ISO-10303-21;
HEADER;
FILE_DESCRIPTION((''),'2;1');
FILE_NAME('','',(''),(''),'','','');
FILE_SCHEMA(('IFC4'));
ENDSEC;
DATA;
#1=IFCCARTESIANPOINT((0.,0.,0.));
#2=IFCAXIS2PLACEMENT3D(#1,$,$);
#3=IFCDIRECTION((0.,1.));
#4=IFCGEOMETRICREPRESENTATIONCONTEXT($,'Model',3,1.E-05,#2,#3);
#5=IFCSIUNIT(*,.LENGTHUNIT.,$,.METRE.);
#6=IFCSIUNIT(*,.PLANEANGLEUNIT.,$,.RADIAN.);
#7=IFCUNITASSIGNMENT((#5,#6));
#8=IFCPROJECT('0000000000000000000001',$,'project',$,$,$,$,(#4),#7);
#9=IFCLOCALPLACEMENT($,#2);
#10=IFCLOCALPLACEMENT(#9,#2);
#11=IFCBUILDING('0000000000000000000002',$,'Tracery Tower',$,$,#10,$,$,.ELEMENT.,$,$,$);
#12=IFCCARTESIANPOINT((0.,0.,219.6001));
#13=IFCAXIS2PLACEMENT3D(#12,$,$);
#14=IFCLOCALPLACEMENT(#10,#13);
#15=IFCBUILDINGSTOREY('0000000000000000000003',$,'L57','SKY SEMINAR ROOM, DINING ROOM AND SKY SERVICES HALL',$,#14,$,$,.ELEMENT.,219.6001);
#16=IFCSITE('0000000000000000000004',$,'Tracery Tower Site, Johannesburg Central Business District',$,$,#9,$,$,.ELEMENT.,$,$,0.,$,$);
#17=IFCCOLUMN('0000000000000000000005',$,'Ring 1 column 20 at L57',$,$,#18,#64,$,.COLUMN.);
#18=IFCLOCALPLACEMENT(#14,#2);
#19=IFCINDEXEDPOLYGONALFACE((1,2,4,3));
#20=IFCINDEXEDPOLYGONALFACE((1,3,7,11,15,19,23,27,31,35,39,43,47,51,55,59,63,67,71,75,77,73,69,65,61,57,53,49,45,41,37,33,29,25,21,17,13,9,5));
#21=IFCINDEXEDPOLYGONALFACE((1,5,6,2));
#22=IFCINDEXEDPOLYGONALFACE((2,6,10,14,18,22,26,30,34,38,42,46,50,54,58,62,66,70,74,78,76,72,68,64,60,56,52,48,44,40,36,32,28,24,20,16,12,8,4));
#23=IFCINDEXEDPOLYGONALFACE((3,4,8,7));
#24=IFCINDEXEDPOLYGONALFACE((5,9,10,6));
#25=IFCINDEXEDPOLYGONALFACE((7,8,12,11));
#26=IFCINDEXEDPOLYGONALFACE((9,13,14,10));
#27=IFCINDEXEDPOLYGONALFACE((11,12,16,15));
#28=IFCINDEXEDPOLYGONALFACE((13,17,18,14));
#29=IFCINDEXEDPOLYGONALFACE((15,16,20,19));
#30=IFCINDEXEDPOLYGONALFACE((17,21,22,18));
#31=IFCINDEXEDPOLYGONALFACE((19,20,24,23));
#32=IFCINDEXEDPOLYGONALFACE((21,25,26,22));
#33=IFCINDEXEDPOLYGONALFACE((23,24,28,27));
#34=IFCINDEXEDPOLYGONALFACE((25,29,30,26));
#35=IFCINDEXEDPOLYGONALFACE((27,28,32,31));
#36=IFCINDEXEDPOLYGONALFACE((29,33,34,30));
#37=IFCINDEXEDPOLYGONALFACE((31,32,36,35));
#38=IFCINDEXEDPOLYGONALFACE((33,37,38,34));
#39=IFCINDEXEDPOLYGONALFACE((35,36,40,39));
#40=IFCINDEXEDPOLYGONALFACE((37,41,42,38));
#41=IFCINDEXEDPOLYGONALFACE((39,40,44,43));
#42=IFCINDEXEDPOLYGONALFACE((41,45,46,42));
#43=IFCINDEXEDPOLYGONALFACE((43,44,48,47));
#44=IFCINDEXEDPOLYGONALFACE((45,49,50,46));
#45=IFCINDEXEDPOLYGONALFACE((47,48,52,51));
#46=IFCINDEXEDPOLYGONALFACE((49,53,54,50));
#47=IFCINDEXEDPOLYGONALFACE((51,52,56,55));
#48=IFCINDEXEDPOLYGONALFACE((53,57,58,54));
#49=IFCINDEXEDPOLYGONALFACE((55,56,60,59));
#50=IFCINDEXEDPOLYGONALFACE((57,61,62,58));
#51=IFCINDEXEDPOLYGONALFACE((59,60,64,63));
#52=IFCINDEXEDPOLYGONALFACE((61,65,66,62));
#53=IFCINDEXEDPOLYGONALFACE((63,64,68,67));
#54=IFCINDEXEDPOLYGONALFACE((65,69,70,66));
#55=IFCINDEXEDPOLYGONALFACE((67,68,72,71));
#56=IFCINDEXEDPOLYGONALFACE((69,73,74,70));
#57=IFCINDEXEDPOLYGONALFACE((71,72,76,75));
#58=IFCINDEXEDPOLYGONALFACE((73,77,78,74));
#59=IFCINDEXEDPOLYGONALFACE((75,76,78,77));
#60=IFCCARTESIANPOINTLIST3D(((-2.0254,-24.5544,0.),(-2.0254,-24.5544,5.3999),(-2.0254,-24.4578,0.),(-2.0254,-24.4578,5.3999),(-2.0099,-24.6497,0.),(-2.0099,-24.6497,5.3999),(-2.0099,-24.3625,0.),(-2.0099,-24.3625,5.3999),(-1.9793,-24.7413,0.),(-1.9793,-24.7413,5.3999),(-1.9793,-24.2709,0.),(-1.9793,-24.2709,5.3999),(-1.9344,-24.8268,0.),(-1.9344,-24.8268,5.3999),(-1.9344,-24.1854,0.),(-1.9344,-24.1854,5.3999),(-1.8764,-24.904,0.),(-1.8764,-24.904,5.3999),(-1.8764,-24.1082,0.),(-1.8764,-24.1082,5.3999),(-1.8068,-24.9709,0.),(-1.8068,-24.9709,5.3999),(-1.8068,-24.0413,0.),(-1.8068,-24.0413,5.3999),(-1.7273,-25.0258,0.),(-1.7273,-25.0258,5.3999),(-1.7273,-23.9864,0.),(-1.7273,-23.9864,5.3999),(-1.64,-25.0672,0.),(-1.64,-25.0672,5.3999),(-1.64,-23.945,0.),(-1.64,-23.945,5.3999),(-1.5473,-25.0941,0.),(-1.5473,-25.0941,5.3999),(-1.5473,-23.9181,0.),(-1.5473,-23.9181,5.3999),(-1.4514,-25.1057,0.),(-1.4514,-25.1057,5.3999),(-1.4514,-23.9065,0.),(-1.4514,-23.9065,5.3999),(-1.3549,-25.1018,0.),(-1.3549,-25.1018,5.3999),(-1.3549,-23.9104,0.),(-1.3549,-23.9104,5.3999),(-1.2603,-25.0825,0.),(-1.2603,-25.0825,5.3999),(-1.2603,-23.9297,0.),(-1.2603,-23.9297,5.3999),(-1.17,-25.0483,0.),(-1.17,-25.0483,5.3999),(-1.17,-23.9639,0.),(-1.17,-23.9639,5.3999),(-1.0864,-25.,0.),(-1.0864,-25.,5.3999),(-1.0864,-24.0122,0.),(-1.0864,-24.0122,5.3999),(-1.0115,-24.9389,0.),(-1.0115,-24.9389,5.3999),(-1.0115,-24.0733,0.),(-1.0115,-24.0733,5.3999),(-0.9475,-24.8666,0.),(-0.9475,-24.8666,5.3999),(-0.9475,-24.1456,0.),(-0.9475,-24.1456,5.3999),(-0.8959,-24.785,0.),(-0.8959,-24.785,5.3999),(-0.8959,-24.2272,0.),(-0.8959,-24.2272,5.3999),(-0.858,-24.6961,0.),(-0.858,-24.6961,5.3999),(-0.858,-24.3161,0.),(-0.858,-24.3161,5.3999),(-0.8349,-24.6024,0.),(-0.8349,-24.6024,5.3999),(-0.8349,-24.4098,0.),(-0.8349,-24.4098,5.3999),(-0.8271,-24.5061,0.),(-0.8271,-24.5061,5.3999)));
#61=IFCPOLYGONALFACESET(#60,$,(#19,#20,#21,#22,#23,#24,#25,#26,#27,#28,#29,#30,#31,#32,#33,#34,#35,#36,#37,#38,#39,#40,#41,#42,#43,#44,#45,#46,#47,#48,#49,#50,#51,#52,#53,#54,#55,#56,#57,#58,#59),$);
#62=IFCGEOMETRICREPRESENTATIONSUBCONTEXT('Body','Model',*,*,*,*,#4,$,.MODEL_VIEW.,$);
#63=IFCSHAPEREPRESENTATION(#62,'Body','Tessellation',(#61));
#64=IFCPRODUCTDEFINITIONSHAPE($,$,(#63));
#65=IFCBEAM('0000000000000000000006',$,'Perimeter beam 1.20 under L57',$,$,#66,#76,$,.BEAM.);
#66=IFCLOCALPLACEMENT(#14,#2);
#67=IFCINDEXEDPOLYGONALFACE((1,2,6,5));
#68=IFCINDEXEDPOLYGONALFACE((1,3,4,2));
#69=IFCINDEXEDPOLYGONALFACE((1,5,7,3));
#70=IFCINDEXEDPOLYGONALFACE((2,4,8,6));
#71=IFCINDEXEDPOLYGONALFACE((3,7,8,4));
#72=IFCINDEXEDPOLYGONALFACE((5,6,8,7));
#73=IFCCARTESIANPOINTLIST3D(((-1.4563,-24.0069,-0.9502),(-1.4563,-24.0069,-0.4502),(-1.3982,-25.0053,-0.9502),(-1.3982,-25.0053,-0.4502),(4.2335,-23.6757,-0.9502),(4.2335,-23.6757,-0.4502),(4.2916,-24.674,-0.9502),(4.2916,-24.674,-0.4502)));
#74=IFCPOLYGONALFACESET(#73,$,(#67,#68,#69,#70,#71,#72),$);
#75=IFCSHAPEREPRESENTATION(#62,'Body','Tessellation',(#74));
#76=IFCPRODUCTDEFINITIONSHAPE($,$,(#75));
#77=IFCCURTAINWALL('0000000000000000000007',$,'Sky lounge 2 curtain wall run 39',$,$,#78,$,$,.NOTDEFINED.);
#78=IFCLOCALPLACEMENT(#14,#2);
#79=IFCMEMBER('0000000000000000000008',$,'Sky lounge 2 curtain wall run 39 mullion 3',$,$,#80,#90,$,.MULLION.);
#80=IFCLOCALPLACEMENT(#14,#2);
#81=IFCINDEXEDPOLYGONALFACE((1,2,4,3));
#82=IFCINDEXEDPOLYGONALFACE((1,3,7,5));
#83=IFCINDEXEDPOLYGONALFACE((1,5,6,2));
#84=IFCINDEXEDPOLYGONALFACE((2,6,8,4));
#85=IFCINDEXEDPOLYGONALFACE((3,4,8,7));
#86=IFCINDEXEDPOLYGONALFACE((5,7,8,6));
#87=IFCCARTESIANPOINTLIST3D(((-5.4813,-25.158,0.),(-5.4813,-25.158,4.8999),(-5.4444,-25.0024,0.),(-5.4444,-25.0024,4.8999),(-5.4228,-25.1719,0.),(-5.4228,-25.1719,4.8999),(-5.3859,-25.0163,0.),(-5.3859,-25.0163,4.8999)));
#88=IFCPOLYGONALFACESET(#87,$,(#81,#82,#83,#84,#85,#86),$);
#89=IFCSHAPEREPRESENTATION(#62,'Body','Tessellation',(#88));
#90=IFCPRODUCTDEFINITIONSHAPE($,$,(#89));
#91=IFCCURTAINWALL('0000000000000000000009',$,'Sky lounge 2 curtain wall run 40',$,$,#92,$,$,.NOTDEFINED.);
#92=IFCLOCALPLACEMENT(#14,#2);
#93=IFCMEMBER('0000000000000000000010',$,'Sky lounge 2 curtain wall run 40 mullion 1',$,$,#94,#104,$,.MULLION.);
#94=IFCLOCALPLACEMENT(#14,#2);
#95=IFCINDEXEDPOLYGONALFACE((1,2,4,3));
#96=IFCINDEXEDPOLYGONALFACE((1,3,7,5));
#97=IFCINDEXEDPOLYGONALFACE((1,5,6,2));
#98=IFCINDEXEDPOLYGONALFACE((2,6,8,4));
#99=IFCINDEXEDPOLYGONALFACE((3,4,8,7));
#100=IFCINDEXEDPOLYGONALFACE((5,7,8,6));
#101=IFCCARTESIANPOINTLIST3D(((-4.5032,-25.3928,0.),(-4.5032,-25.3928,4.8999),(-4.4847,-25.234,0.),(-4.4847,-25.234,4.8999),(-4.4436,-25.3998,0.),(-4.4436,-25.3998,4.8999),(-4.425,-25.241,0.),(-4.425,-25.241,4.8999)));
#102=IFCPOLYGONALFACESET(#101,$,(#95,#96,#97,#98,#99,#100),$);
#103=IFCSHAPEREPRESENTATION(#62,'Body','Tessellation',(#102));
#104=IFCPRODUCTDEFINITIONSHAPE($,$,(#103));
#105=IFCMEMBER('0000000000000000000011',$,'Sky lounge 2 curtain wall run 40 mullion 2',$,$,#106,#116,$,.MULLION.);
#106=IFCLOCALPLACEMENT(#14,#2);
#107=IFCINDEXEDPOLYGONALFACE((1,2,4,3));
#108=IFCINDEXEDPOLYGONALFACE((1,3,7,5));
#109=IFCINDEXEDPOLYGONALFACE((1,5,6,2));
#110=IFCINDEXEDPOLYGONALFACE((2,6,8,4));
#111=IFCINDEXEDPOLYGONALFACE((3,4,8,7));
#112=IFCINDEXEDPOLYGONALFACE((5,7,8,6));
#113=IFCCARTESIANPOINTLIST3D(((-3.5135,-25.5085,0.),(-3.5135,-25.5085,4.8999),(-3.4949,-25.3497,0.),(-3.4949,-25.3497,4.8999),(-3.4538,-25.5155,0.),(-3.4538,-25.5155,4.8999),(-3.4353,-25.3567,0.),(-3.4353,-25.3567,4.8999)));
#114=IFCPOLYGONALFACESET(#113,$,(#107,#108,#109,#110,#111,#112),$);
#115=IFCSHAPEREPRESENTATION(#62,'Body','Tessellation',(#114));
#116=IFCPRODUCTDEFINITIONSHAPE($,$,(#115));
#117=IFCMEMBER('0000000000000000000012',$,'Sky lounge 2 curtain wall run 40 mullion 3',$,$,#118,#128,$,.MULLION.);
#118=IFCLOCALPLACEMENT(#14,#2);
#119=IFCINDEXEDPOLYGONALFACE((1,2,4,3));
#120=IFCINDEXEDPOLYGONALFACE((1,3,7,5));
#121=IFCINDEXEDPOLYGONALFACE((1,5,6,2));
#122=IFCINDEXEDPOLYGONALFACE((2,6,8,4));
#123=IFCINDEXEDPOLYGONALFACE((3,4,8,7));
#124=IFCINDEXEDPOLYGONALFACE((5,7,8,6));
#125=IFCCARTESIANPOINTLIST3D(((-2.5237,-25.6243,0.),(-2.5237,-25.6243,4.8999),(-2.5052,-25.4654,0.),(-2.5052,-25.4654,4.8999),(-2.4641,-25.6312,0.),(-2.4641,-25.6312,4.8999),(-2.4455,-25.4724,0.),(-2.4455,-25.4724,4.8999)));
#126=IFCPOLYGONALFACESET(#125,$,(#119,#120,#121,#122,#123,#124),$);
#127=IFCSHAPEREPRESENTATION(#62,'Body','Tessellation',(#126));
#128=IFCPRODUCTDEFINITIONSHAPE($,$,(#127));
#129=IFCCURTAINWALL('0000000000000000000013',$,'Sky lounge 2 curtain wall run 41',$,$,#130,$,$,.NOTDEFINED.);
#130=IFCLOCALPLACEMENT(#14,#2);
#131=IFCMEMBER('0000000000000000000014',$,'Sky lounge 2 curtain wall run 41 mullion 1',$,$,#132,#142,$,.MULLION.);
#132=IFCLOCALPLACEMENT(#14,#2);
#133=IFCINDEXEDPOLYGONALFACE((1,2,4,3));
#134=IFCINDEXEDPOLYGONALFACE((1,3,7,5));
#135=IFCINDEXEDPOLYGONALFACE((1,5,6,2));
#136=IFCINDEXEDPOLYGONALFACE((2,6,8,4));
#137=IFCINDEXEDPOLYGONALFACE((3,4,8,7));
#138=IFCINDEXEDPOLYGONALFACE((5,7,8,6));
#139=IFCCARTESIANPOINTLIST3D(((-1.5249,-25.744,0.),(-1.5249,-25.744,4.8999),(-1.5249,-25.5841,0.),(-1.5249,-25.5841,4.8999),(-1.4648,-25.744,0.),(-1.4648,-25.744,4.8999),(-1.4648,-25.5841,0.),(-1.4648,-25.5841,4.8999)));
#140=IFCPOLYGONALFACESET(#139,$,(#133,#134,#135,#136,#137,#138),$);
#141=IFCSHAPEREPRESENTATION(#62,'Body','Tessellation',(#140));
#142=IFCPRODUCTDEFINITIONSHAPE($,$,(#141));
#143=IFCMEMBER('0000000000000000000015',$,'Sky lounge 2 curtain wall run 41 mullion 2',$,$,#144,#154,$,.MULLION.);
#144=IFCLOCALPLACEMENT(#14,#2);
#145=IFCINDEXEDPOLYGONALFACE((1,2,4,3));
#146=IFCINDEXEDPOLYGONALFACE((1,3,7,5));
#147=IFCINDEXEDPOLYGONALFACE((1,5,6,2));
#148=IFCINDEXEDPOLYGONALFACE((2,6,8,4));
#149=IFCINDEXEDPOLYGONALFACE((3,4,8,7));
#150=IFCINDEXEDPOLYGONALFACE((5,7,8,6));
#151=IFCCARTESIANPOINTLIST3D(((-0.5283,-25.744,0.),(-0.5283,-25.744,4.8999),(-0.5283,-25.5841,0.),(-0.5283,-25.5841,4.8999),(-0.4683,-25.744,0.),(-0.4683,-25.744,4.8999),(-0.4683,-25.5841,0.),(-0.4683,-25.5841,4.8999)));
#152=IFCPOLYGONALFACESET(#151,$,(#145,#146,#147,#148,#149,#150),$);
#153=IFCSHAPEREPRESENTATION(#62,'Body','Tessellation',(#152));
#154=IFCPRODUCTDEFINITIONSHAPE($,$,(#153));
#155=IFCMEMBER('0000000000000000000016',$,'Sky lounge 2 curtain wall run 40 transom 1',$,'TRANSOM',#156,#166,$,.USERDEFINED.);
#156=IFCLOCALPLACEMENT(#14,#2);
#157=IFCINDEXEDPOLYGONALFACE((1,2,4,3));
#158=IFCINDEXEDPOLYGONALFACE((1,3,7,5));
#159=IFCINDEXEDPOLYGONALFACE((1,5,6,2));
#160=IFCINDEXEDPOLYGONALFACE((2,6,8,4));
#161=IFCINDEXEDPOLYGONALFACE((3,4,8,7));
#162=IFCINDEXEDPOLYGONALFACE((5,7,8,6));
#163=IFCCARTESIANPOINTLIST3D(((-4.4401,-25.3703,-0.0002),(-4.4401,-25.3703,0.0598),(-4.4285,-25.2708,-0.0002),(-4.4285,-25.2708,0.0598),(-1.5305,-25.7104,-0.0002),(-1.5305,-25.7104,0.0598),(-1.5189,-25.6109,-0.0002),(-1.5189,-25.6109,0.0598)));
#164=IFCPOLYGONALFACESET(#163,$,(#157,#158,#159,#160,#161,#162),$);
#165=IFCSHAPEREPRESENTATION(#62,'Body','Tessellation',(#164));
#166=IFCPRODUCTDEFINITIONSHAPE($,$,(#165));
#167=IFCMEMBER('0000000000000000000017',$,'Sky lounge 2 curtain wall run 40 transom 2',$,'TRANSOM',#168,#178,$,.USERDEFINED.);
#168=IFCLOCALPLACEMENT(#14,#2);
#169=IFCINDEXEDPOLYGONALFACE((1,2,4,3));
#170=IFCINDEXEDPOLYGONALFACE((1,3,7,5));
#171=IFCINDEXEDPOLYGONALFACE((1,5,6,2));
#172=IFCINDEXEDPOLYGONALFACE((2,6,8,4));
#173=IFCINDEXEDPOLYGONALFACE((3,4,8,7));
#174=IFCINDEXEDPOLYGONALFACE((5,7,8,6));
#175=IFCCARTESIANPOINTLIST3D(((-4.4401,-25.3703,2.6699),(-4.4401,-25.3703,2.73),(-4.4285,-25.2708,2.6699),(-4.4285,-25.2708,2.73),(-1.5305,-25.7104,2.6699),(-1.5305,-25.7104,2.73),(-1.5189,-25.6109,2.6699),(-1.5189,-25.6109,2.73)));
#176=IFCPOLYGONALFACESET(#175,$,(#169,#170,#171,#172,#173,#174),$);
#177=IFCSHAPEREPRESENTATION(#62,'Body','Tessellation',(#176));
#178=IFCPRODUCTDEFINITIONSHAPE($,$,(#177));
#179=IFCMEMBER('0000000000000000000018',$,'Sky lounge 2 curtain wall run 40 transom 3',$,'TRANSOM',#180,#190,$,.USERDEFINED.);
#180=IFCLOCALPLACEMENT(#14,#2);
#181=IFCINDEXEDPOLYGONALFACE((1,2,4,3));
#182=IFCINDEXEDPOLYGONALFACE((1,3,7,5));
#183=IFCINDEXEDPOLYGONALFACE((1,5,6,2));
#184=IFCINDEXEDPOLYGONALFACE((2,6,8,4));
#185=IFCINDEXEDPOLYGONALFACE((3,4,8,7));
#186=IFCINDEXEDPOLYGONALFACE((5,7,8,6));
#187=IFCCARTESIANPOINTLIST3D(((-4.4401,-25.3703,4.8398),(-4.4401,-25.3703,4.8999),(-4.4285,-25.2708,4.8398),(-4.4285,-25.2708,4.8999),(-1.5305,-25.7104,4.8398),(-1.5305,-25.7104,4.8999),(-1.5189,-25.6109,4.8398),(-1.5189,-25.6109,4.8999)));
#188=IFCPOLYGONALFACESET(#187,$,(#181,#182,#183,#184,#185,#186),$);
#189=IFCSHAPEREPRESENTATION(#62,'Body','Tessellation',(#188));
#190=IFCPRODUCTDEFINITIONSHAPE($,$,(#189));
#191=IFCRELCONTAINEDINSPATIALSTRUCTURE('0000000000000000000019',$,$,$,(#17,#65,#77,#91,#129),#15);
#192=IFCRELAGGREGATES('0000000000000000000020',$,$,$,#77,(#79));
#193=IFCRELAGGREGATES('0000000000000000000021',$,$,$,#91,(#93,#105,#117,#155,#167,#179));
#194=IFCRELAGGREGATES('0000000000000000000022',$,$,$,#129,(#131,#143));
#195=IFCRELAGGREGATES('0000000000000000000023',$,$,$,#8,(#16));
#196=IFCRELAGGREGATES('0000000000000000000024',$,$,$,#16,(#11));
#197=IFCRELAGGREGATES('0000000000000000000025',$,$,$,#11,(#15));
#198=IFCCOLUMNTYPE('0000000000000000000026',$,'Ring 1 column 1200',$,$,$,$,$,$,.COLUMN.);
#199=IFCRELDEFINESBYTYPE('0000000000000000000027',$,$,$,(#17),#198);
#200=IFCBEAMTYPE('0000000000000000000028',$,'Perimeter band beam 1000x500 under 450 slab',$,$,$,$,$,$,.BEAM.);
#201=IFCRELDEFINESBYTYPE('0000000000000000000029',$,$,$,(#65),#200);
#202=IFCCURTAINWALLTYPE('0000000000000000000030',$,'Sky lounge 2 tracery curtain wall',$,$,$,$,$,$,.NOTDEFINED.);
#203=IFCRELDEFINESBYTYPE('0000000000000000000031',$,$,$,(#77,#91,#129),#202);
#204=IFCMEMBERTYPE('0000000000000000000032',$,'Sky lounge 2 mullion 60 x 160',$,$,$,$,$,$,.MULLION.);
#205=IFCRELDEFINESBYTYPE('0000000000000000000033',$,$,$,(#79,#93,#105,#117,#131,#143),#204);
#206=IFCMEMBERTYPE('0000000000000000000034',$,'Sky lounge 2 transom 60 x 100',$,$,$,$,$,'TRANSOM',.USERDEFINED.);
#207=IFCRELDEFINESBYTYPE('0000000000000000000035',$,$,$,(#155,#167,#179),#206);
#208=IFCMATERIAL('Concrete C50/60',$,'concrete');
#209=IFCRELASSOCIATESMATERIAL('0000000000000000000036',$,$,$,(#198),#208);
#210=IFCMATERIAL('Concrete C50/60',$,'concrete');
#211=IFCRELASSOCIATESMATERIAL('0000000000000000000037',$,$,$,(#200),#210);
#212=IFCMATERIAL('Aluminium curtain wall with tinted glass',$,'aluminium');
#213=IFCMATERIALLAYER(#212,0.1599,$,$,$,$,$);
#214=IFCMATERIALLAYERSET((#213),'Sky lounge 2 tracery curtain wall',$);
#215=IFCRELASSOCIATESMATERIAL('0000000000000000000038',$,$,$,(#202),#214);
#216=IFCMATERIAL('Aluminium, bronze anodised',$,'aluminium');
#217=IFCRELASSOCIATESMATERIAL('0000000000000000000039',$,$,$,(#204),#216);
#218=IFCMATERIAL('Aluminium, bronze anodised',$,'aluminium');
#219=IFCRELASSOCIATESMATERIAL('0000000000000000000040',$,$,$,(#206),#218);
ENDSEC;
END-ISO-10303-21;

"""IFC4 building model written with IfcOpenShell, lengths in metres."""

from ifc_helpers import new_model, si_unit, direction, frame, origin, origin_2d, place, context, subcontext, project, spatial, rectangle, circle, extrude, material, layer, layer_set, material_profile, profile_set, type_object, element, aggregate, save


model = new_model("IFC4")

# Units and contexts
model_context = context("Model", 3, precision=1e-05, world=origin(), true_north=direction((0.0, 1.0)))
body_context = subcontext(model_context, "Body", "Model", "MODEL_VIEW")
ifc_project = project(units=[si_unit("LENGTHUNIT", "METRE"), si_unit("PLANEANGLEUNIT", "RADIAN")], contexts=[model_context])

# Site, building, storey
site_placement = place(None, origin())
site = spatial("IfcSite", under=ifc_project, at=site_placement, Name="Tracery Tower Site, Johannesburg Central Business District", CompositionType="ELEMENT", RefElevation=0.0)
building_placement = place(site_placement, origin())
building = spatial("IfcBuilding", under=site, at=building_placement, Name="Tracery Tower", CompositionType="ELEMENT")
storey_placement = place(building_placement, frame((0.0, 0.0, 219.6001)))
storey = spatial("IfcBuildingStorey", under=building, at=storey_placement, Name="L57", Description="SKY SEMINAR ROOM, DINING ROOM AND SKY SERVICES HALL", CompositionType="ELEMENT", Elevation=219.6001)

# Column
ifc_material_1 = material(Name="Concrete C50/60", Category="concrete")
ifc_material_profile_1 = material_profile(ifc_material_1, circle(Radius=0.6001, at=origin_2d()), Name="RC D1200")
ifc_profile_set_1 = profile_set([ifc_material_profile_1], Name="Concrete C50/60")
column_type = type_object("IfcColumnType", Name="Ring 1 column 1200", PredefinedType="COLUMN", material=ifc_profile_set_1)
column_placement = place(storey_placement, frame((-1.4272, -24.5061, 0.0), z_axis=(0.0, 0.0, 1.0), x_axis=(1.0, 0.0, 0.0)))
element("IfcColumn", 1, at=column_placement, inside=storey, type_object=column_type, Name="Ring 1 column 20 at L57", PredefinedType="COLUMN", context=body_context, shape_type="SweptSolid", body=[
    extrude(circle(Radius=0.6001, at=origin_2d()), origin(), (0.0, 0.0, 1.0), 5.3999),
])

# Beam
ifc_material_2 = material(Name="Concrete C50/60", Category="concrete")
ifc_material_profile_2 = material_profile(ifc_material_2, rectangle(XDim=1.0, YDim=0.5, at=origin_2d()), Name="RC 1000x500")
ifc_profile_set_2 = profile_set([ifc_material_profile_2], Name="Concrete C50/60")
beam_type = type_object("IfcBeamType", Name="Perimeter band beam 1000x500 under 450 slab", PredefinedType="BEAM", material=ifc_profile_set_2)
beam_placement = place(storey_placement, frame((-1.4272, -24.5061, -0.7002), z_axis=(0.998309, 0.058127, 0.0), x_axis=(-0.058127, 0.998309, 0.0)))
element("IfcBeam", 2, at=beam_placement, inside=storey, type_object=beam_type, Name="Perimeter beam 1.20 under L57", PredefinedType="BEAM", context=body_context, shape_type="SweptSolid", body=[
    extrude(rectangle(XDim=1.0, YDim=0.5, at=origin_2d()), origin(), (0.0, 0.0, 1.0), 5.6995),
])

# Curtain wall, member
ifc_material_3 = material(Name="Aluminium curtain wall with tinted glass", Category="aluminium")
ifc_layer_1 = layer(ifc_material_3, 0.1599)
ifc_layer_set_1 = layer_set([ifc_layer_1], Name="Sky lounge 2 tracery curtain wall")
curtain_wall_type = type_object("IfcCurtainWallType", Name="Sky lounge 2 tracery curtain wall", PredefinedType="NOTDEFINED", material=ifc_layer_set_1)
curtain_wall_1_placement = place(storey_placement, origin())
curtain_wall_1 = element("IfcCurtainWall", 3, at=curtain_wall_1_placement, inside=storey, type_object=curtain_wall_type, Name="Sky lounge 2 curtain wall run 39", PredefinedType="NOTDEFINED")
ifc_material_4 = material(Name="Aluminium, bronze anodised", Category="aluminium")
ifc_material_profile_3 = material_profile(ifc_material_4, rectangle(XDim=0.1599, YDim=0.0601, at=origin_2d()), Name="AL 60x160")
ifc_profile_set_3 = profile_set([ifc_material_profile_3], Name="Aluminium, bronze anodised")
member_type_1 = type_object("IfcMemberType", Name="Sky lounge 2 mullion 60 x 160", PredefinedType="MULLION", material=ifc_profile_set_3)
member_1_placement = place(storey_placement, frame((-5.4336, -25.0872, 0.0), z_axis=(0.0, 0.0, 1.0), x_axis=(0.230616, 0.973045, 0.0)))
member_1 = element("IfcMember", 4, at=member_1_placement, type_object=member_type_1, Name="Sky lounge 2 curtain wall run 39 mullion 3", PredefinedType="MULLION", context=body_context, shape_type="SweptSolid", body=[
    extrude(rectangle(XDim=0.1599, YDim=0.0601, at=origin_2d()), origin(), (0.0, 0.0, 1.0), 4.8999),
])

# Curtain walls, members
curtain_wall_2_placement = place(storey_placement, origin())
curtain_wall_2 = element("IfcCurtainWall", 5, at=curtain_wall_2_placement, inside=storey, type_object=curtain_wall_type, Name="Sky lounge 2 curtain wall run 40", PredefinedType="NOTDEFINED")
member_2_placement = place(storey_placement, frame((-4.4641, -25.3169, 0.0), z_axis=(0.0, 0.0, 1.0), x_axis=(0.116093, 0.993238, 0.0)))
member_2 = element("IfcMember", 6, at=member_2_placement, type_object=member_type_1, Name="Sky lounge 2 curtain wall run 40 mullion 1", PredefinedType="MULLION", context=body_context, shape_type="SweptSolid", body=[
    extrude(rectangle(XDim=0.1599, YDim=0.0601, at=origin_2d()), origin(), (0.0, 0.0, 1.0), 4.8999),
])
member_3_placement = place(storey_placement, frame((-3.4744, -25.4326, 0.0), z_axis=(0.0, 0.0, 1.0), x_axis=(0.116093, 0.993238, 0.0)))
member_3 = element("IfcMember", 7, at=member_3_placement, type_object=member_type_1, Name="Sky lounge 2 curtain wall run 40 mullion 2", PredefinedType="MULLION", context=body_context, shape_type="SweptSolid", body=[
    extrude(rectangle(XDim=0.1599, YDim=0.0601, at=origin_2d()), origin(), (0.0, 0.0, 1.0), 4.8999),
])
member_4_placement = place(storey_placement, frame((-2.4846, -25.5483, 0.0), z_axis=(0.0, 0.0, 1.0), x_axis=(0.116093, 0.993238, 0.0)))
member_4 = element("IfcMember", 8, at=member_4_placement, type_object=member_type_1, Name="Sky lounge 2 curtain wall run 40 mullion 3", PredefinedType="MULLION", context=body_context, shape_type="SweptSolid", body=[
    extrude(rectangle(XDim=0.1599, YDim=0.0601, at=origin_2d()), origin(), (0.0, 0.0, 1.0), 4.8999),
])
curtain_wall_3_placement = place(storey_placement, origin())
curtain_wall_3 = element("IfcCurtainWall", 9, at=curtain_wall_3_placement, inside=storey, type_object=curtain_wall_type, Name="Sky lounge 2 curtain wall run 41", PredefinedType="NOTDEFINED")
member_5_placement = place(storey_placement, frame((-1.4949, -25.6641, 0.0), z_axis=(0.0, 0.0, 1.0), x_axis=(0.0, 1.0, 0.0)))
member_5 = element("IfcMember", 10, at=member_5_placement, type_object=member_type_1, Name="Sky lounge 2 curtain wall run 41 mullion 1", PredefinedType="MULLION", context=body_context, shape_type="SweptSolid", body=[
    extrude(rectangle(XDim=0.1599, YDim=0.0601, at=origin_2d()), origin(), (0.0, 0.0, 1.0), 4.8999),
])
member_6_placement = place(storey_placement, frame((-0.4983, -25.6641, 0.0), z_axis=(0.0, 0.0, 1.0), x_axis=(0.0, 1.0, 0.0)))
member_6 = element("IfcMember", 11, at=member_6_placement, type_object=member_type_1, Name="Sky lounge 2 curtain wall run 41 mullion 2", PredefinedType="MULLION", context=body_context, shape_type="SweptSolid", body=[
    extrude(rectangle(XDim=0.1599, YDim=0.0601, at=origin_2d()), origin(), (0.0, 0.0, 1.0), 4.8999),
])

# Members
ifc_material_5 = material(Name="Aluminium, bronze anodised", Category="aluminium")
ifc_material_profile_4 = material_profile(ifc_material_5, rectangle(XDim=0.1001, YDim=0.0601, at=origin_2d()), Name="AL 60x100")
ifc_profile_set_4 = profile_set([ifc_material_profile_4], Name="Aluminium, bronze anodised")
member_type_2 = type_object("IfcMemberType", Name="Sky lounge 2 transom 60 x 100", ElementType="TRANSOM", PredefinedType="USERDEFINED", material=ifc_profile_set_4)
member_7_placement = place(storey_placement, frame((-4.4343, -25.3206, 0.0298), z_axis=(0.993238, -0.116092, 0.0), x_axis=(0.116092, 0.993238, 0.0)))
member_7 = element("IfcMember", 12, at=member_7_placement, type_object=member_type_2, Name="Sky lounge 2 curtain wall run 40 transom 1", ObjectType="TRANSOM", PredefinedType="USERDEFINED", context=body_context, shape_type="SweptSolid", body=[
    extrude(rectangle(XDim=0.1001, YDim=0.0601, at=origin_2d()), origin(), (0.0, 0.0, 1.0), 2.9294),
])
member_8_placement = place(storey_placement, frame((-4.4343, -25.3206, 2.7), z_axis=(0.993238, -0.116092, 0.0), x_axis=(0.116092, 0.993238, 0.0)))
member_8 = element("IfcMember", 13, at=member_8_placement, type_object=member_type_2, Name="Sky lounge 2 curtain wall run 40 transom 2", ObjectType="TRANSOM", PredefinedType="USERDEFINED", context=body_context, shape_type="SweptSolid", body=[
    extrude(rectangle(XDim=0.1001, YDim=0.0601, at=origin_2d()), origin(), (0.0, 0.0, 1.0), 2.9294),
])
member_9_placement = place(storey_placement, frame((-4.4343, -25.3206, 4.8699), z_axis=(0.993238, -0.116092, 0.0), x_axis=(0.116092, 0.993238, 0.0)))
member_9 = element("IfcMember", 14, at=member_9_placement, type_object=member_type_2, Name="Sky lounge 2 curtain wall run 40 transom 3", ObjectType="TRANSOM", PredefinedType="USERDEFINED", context=body_context, shape_type="SweptSolid", body=[
    extrude(rectangle(XDim=0.1001, YDim=0.0601, at=origin_2d()), origin(), (0.0, 0.0, 1.0), 2.9294),
])

aggregate(curtain_wall_1, [member_1])
aggregate(curtain_wall_2, [member_2, member_3, member_4, member_7, member_8, member_9])
aggregate(curtain_wall_3, [member_5, member_6])

save(model, "model.ifc")
